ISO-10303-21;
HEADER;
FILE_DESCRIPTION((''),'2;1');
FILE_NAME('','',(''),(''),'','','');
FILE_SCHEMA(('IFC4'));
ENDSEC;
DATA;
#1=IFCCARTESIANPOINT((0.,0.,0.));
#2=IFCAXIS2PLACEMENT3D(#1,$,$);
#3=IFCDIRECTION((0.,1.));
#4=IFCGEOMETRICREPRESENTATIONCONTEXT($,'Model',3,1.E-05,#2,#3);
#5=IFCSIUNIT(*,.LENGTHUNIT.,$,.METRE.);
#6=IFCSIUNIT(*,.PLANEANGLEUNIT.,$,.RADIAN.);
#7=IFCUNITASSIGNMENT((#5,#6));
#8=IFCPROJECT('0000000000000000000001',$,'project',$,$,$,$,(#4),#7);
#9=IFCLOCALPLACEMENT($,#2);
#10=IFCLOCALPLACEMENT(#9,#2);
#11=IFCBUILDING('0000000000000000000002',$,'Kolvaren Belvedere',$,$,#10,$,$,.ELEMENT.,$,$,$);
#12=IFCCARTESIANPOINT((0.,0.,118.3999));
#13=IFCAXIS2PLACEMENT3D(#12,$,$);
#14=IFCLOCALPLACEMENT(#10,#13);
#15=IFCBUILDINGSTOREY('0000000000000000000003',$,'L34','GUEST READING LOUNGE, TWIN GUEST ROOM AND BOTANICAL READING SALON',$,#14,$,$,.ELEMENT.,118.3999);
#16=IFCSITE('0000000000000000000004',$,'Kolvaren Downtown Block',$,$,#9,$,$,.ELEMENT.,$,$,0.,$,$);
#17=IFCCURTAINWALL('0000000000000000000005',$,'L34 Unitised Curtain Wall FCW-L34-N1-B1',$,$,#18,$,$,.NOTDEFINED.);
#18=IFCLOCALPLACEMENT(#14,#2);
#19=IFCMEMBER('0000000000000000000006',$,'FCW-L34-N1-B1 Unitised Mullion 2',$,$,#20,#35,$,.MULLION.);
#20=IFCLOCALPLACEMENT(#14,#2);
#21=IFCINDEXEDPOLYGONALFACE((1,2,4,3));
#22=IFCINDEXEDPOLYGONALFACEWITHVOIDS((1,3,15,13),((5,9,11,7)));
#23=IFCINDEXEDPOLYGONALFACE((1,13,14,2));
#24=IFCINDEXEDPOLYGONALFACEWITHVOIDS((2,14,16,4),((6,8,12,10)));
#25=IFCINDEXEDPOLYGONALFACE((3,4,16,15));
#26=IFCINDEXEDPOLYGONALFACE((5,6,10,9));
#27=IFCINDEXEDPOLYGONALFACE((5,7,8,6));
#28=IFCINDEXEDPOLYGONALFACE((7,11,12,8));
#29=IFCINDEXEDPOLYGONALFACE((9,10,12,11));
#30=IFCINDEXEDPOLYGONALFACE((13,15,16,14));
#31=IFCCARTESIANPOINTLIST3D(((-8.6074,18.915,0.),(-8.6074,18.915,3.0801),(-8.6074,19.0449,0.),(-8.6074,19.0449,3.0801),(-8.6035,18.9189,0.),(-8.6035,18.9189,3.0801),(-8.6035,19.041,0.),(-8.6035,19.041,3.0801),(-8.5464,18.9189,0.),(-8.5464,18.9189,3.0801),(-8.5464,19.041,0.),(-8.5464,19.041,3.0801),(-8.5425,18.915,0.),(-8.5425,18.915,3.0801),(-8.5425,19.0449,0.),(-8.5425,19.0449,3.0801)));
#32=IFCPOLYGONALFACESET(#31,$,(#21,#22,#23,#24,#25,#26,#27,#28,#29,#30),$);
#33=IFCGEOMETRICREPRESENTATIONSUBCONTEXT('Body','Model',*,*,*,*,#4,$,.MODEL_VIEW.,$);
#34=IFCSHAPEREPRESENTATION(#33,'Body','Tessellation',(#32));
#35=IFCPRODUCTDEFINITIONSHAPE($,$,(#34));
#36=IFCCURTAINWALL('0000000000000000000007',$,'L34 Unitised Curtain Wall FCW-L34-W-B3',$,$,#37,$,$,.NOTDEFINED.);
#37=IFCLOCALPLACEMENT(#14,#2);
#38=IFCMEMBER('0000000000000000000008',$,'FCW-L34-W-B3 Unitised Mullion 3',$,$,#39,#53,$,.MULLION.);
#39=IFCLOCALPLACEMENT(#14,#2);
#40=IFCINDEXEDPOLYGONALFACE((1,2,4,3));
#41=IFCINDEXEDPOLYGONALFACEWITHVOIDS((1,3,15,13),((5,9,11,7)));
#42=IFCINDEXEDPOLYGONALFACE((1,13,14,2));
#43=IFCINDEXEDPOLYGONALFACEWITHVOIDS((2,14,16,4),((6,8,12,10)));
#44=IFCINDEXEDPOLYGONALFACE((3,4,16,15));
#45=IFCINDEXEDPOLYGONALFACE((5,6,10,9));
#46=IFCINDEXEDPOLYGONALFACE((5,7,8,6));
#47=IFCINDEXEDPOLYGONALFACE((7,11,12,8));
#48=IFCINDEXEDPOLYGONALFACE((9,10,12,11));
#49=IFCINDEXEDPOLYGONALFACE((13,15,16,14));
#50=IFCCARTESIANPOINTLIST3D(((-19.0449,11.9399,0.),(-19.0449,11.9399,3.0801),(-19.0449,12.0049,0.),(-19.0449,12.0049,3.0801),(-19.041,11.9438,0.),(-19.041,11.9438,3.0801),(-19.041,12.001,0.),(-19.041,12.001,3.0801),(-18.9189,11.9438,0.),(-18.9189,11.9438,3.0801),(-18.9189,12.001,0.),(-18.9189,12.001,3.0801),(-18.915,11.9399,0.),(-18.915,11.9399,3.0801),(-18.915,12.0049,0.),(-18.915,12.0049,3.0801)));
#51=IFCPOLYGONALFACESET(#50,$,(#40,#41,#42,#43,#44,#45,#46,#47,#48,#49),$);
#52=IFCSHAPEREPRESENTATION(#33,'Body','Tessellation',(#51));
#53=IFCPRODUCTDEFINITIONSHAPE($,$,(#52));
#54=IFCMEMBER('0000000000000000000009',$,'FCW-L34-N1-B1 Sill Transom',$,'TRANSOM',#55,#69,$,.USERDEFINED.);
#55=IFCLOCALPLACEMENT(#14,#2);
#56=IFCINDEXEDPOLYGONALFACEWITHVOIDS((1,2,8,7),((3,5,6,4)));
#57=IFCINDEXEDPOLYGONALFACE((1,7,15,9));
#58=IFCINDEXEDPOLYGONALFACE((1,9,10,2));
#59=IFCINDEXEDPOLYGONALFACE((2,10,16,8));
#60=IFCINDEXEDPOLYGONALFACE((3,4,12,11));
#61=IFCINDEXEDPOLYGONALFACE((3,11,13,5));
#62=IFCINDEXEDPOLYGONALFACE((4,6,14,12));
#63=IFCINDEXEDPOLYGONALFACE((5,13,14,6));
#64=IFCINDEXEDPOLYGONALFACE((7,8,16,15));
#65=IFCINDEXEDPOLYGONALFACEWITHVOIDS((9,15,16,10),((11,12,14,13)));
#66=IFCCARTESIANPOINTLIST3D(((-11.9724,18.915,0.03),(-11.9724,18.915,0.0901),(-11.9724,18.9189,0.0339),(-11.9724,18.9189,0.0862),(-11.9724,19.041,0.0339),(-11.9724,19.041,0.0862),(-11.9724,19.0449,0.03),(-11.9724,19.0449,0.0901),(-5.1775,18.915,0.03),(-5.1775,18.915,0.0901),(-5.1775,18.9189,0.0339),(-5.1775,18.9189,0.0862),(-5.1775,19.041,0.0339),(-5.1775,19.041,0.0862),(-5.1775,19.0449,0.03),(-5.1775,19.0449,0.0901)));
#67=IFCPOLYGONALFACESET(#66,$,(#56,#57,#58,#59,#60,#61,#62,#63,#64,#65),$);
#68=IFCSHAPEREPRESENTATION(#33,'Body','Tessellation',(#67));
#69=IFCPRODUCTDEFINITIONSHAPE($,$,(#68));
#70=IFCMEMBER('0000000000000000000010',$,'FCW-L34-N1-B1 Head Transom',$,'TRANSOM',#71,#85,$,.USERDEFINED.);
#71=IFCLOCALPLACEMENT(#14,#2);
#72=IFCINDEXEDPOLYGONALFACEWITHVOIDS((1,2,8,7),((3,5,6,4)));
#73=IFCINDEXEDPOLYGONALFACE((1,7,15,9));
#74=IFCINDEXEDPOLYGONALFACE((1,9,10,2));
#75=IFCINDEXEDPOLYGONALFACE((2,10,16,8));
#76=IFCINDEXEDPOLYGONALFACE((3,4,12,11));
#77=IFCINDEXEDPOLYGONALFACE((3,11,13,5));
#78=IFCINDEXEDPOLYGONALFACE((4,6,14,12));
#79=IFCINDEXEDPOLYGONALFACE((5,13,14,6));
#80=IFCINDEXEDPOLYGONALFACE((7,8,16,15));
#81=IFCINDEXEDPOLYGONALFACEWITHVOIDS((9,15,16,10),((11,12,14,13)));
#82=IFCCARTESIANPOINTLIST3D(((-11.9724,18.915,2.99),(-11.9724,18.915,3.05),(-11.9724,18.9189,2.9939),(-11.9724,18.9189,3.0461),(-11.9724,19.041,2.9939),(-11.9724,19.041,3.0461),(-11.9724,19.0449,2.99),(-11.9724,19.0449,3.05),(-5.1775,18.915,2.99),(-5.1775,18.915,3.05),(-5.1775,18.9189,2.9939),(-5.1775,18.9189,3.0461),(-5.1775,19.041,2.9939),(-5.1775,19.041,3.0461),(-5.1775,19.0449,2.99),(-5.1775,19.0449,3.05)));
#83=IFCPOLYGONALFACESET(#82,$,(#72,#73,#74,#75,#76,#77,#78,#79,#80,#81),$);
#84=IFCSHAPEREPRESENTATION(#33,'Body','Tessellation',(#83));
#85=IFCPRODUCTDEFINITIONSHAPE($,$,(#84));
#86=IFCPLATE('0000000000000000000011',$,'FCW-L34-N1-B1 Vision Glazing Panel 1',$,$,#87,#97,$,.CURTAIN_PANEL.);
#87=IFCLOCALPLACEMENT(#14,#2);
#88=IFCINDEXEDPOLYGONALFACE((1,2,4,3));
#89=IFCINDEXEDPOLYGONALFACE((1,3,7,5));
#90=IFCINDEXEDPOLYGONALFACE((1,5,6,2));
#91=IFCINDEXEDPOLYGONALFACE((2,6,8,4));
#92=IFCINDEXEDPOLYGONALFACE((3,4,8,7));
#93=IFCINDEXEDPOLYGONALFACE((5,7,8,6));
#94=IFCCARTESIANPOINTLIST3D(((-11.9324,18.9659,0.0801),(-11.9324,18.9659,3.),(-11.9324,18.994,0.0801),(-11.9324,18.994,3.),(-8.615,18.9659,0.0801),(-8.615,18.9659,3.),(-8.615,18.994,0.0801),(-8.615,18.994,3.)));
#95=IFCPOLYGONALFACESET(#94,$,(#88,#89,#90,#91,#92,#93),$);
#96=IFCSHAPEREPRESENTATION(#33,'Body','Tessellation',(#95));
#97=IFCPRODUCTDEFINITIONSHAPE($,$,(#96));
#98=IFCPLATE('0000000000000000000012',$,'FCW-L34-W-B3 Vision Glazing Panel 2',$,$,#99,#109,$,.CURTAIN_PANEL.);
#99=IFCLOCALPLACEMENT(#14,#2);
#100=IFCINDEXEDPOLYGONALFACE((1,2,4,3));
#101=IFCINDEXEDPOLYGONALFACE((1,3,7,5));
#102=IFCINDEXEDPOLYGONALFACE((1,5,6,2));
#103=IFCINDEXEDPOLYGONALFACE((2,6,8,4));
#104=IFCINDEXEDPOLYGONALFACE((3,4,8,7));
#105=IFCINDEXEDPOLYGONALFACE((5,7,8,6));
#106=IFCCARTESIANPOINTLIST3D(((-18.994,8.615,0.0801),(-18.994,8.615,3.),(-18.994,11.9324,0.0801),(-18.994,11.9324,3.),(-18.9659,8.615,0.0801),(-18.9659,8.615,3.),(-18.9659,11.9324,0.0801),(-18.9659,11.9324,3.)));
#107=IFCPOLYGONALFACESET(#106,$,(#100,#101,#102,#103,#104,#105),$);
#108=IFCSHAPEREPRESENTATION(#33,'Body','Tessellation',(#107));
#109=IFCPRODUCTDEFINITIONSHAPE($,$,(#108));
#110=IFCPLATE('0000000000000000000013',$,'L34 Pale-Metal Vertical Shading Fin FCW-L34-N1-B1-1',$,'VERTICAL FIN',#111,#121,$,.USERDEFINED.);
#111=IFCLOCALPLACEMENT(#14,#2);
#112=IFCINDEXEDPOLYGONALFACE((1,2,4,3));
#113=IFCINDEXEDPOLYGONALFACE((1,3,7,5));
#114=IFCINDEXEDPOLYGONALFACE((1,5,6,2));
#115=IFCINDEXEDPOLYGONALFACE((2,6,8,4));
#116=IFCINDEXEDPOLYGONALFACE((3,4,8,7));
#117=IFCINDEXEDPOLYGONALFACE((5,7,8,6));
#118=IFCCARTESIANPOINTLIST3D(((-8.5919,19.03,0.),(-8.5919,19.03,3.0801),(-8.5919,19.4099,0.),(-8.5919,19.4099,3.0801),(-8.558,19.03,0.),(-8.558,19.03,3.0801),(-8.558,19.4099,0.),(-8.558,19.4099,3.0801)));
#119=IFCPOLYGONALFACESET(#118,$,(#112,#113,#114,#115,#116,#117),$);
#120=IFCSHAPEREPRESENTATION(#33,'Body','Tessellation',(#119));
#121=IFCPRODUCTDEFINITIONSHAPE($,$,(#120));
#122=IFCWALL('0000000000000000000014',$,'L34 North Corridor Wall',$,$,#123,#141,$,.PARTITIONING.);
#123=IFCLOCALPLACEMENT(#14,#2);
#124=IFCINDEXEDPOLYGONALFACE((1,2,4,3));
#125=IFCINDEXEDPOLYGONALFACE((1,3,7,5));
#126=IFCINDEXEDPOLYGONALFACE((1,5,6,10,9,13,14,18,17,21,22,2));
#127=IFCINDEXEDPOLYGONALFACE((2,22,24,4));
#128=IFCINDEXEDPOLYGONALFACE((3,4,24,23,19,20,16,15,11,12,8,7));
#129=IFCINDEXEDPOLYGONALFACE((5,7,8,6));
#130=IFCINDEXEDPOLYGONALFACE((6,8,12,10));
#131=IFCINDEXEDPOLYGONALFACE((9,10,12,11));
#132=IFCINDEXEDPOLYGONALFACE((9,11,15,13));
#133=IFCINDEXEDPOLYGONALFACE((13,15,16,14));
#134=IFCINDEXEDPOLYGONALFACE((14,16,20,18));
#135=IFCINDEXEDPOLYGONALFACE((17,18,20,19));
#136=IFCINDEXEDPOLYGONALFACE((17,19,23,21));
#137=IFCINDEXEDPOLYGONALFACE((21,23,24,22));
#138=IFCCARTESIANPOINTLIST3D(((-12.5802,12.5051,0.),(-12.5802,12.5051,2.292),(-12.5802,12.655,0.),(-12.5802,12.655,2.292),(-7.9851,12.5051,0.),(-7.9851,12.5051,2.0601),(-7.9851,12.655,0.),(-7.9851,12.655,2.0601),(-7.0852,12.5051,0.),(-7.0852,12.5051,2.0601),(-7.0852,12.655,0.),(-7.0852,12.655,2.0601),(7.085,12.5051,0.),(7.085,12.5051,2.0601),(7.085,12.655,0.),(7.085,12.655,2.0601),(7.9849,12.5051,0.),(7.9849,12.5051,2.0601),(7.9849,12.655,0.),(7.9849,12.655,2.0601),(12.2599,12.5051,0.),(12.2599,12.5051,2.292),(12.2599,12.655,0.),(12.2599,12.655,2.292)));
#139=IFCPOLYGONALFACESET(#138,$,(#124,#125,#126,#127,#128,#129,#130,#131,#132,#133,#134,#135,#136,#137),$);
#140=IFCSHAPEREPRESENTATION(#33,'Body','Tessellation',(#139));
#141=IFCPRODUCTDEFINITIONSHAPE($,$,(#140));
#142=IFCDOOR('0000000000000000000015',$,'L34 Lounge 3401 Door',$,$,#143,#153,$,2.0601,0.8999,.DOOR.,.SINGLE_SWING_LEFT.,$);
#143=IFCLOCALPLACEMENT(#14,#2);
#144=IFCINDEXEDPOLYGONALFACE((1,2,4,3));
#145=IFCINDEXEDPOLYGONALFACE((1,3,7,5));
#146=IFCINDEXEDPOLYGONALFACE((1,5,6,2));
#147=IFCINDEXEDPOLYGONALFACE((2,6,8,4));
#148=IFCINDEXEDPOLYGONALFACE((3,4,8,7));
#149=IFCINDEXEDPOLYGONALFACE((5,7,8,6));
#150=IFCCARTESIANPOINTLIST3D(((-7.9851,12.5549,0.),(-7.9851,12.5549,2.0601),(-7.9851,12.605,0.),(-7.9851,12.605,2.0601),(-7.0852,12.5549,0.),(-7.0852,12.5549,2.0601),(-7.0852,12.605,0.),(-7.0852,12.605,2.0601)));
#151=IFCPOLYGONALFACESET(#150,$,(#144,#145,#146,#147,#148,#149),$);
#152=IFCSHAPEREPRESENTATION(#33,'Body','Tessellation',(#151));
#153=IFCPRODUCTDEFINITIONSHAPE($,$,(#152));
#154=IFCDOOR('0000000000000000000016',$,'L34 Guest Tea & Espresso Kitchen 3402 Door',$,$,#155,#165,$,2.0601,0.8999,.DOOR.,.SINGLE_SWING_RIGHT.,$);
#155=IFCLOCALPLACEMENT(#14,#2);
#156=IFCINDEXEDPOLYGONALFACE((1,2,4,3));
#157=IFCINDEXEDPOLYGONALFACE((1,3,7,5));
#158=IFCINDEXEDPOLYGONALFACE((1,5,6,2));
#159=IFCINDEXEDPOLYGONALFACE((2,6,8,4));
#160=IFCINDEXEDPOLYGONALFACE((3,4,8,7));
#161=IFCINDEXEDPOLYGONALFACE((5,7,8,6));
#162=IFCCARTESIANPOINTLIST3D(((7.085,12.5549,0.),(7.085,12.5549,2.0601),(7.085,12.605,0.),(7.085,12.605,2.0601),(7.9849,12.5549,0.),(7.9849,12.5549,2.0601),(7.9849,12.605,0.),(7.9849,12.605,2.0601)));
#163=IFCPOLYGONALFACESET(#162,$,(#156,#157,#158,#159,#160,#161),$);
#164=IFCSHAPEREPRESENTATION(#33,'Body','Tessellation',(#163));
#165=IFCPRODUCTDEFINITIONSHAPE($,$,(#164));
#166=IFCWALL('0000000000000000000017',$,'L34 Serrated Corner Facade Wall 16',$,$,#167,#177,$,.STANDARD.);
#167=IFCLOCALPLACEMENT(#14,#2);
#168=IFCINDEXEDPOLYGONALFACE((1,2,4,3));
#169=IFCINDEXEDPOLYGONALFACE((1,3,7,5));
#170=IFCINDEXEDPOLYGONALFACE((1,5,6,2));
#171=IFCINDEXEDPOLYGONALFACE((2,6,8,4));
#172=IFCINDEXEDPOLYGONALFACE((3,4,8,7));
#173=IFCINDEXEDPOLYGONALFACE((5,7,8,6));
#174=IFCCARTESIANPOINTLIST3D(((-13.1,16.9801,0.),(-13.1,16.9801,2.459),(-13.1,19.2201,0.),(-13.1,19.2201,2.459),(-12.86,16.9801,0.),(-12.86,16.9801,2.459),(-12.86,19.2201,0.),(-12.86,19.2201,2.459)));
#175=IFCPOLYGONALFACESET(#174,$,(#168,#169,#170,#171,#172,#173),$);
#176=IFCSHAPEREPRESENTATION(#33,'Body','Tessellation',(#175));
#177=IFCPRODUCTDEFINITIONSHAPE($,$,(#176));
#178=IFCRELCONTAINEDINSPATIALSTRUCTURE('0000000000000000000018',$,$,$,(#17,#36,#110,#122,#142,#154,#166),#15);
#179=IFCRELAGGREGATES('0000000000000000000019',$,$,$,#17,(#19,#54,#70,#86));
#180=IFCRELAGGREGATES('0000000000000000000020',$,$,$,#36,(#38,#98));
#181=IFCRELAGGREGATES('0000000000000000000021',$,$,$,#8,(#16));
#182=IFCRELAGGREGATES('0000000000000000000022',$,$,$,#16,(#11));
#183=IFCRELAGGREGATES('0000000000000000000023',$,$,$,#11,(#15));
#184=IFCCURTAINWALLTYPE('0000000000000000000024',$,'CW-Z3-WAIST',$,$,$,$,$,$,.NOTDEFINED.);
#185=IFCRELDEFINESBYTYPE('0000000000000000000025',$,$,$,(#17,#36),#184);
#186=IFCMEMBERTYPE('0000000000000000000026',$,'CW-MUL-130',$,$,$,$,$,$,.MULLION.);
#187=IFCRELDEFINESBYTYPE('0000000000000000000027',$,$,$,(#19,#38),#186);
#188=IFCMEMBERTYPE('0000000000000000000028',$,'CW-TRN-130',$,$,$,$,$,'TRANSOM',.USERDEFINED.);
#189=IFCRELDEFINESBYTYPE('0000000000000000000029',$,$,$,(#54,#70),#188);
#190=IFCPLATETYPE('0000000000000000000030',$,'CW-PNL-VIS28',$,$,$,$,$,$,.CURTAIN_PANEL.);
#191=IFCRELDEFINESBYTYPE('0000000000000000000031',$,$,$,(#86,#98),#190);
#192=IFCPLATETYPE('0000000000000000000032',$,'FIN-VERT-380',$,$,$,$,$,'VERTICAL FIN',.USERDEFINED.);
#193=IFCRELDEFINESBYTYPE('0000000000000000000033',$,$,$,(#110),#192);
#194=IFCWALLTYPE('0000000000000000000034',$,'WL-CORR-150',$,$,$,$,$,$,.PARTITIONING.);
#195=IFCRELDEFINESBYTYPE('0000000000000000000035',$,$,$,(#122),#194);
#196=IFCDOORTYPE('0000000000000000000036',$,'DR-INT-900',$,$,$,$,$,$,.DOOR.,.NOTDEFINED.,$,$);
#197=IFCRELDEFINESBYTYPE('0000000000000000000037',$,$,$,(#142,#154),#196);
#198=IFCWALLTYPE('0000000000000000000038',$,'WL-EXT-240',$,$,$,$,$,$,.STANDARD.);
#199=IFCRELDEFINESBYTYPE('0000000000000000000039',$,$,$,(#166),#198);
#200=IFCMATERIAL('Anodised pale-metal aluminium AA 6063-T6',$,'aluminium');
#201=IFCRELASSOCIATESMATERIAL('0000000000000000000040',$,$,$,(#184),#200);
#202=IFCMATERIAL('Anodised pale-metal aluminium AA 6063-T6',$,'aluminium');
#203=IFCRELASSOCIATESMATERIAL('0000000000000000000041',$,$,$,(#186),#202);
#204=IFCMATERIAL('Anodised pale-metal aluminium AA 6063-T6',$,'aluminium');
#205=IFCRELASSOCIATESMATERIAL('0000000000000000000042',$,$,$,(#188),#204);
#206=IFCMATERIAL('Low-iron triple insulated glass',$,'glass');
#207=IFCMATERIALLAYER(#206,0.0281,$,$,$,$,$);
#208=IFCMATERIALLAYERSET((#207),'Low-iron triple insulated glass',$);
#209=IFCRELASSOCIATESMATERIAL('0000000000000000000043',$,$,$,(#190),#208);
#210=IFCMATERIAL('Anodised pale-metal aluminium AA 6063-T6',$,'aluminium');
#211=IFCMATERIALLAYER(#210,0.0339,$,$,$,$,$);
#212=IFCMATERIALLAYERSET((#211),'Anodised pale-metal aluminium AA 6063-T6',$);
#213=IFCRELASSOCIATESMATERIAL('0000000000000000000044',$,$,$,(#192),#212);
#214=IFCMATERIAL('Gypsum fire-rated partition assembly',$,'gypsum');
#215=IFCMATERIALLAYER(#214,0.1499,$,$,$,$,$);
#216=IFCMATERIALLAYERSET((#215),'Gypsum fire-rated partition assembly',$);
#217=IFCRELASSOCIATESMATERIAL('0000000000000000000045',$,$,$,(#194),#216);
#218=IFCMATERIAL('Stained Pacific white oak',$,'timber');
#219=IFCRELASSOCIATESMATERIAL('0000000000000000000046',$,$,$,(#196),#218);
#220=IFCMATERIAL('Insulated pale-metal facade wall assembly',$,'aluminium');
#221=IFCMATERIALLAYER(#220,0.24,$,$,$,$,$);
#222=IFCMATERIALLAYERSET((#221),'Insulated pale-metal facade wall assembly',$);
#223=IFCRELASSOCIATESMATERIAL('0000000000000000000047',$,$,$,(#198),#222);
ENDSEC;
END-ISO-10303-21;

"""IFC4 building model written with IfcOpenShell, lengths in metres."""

from ifc_helpers import new_model, si_unit, direction, frame, frame_2d, origin, origin_2d, place, context, subcontext, project, spatial, rectangle, hollow_rectangle, extrude, material, layer, layer_set, material_profile, profile_set, type_object, element, fill, aggregate, save


model = new_model("IFC4")

# Units and contexts
model_context = context("Model", 3, precision=1e-05, world=origin(), true_north=direction((0.0, 1.0)))
body_context = subcontext(model_context, "Body", "Model", "MODEL_VIEW")
ifc_project = project(units=[si_unit("LENGTHUNIT", "METRE"), si_unit("PLANEANGLEUNIT", "RADIAN")], contexts=[model_context])

# Site, building, storey
site_placement = place(None, origin())
site = spatial("IfcSite", under=ifc_project, at=site_placement, Name="Kolvaren Downtown Block", CompositionType="ELEMENT", RefElevation=0.0)
building_placement = place(site_placement, origin())
building = spatial("IfcBuilding", under=site, at=building_placement, Name="Kolvaren Belvedere", CompositionType="ELEMENT")
storey_placement = place(building_placement, frame((0.0, 0.0, 118.3999)))
storey = spatial("IfcBuildingStorey", under=building, at=storey_placement, Name="L34", Description="GUEST READING LOUNGE, TWIN GUEST ROOM AND BOTANICAL READING SALON", CompositionType="ELEMENT", Elevation=118.3999)

# Curtain wall, member
ifc_material_1 = material(Name="Anodised pale-metal aluminium AA 6063-T6", Category="aluminium")
curtain_wall_type = type_object("IfcCurtainWallType", Name="CW-Z3-WAIST", PredefinedType="NOTDEFINED", material=ifc_material_1)
curtain_wall_1_placement = place(storey_placement, origin())
curtain_wall_1 = element("IfcCurtainWall", 1, at=curtain_wall_1_placement, inside=storey, type_object=curtain_wall_type, Name="L34 Unitised Curtain Wall FCW-L34-N1-B1", PredefinedType="NOTDEFINED")
ifc_material_2 = material(Name="Anodised pale-metal aluminium AA 6063-T6", Category="aluminium")
ifc_material_profile_1 = material_profile(ifc_material_2, hollow_rectangle(XDim=0.0649, YDim=0.1299, WallThickness=0.0039, at=origin_2d()), Name="ALU-MUL-130X65")
ifc_profile_set_1 = profile_set([ifc_material_profile_1], Name="Anodised pale-metal aluminium AA 6063-T6")
member_type_1 = type_object("IfcMemberType", Name="CW-MUL-130", PredefinedType="MULLION", material=ifc_profile_set_1)
member_1_placement = place(storey_placement, frame((-8.575, 18.98, 0.0), z_axis=(0.0, 0.0, 1.0), x_axis=(1.0, 0.0, 0.0)))
member_1 = element("IfcMember", 2, at=member_1_placement, type_object=member_type_1, Name="FCW-L34-N1-B1 Unitised Mullion 2", PredefinedType="MULLION", context=body_context, shape_type="SweptSolid", body=[
    extrude(hollow_rectangle(XDim=0.0649, YDim=0.1299, WallThickness=0.0039, at=origin_2d()), origin(), (0.0, 0.0, 1.0), 3.0801),
])

# Curtain wall, member
curtain_wall_2_placement = place(storey_placement, origin())
curtain_wall_2 = element("IfcCurtainWall", 3, at=curtain_wall_2_placement, inside=storey, type_object=curtain_wall_type, Name="L34 Unitised Curtain Wall FCW-L34-W-B3", PredefinedType="NOTDEFINED")
member_2_placement = place(storey_placement, frame((-18.98, 11.9724, 0.0), z_axis=(0.0, 0.0, 1.0), x_axis=(0.0, 1.0, 0.0)))
member_2 = element("IfcMember", 4, at=member_2_placement, type_object=member_type_1, Name="FCW-L34-W-B3 Unitised Mullion 3", PredefinedType="MULLION", context=body_context, shape_type="SweptSolid", body=[
    extrude(hollow_rectangle(XDim=0.0649, YDim=0.1299, WallThickness=0.0039, at=origin_2d()), origin(), (0.0, 0.0, 1.0), 3.0801),
])

# Members
ifc_material_3 = material(Name="Anodised pale-metal aluminium AA 6063-T6", Category="aluminium")
ifc_material_profile_2 = material_profile(ifc_material_3, hollow_rectangle(XDim=0.0601, YDim=0.1299, WallThickness=0.0039, at=origin_2d()), Name="ALU-TRN-130X60")
ifc_profile_set_2 = profile_set([ifc_material_profile_2], Name="Anodised pale-metal aluminium AA 6063-T6")
member_type_2 = type_object("IfcMemberType", Name="CW-TRN-130", ElementType="TRANSOM", PredefinedType="USERDEFINED", material=ifc_profile_set_2)
member_3_placement = place(storey_placement, frame((-11.9724, 18.98, 0.0601), z_axis=(1.0, 0.0, 0.0), x_axis=(0.0, 0.0, 1.0)))
member_3 = element("IfcMember", 5, at=member_3_placement, type_object=member_type_2, Name="FCW-L34-N1-B1 Sill Transom", ObjectType="TRANSOM", PredefinedType="USERDEFINED", context=body_context, shape_type="SweptSolid", body=[
    extrude(hollow_rectangle(XDim=0.0601, YDim=0.1299, WallThickness=0.0039, at=origin_2d()), origin(), (0.0, 0.0, 1.0), 6.7949),
])
member_4_placement = place(storey_placement, frame((-11.9724, 18.98, 3.02), z_axis=(1.0, 0.0, 0.0), x_axis=(0.0, 0.0, 1.0)))
member_4 = element("IfcMember", 6, at=member_4_placement, type_object=member_type_2, Name="FCW-L34-N1-B1 Head Transom", ObjectType="TRANSOM", PredefinedType="USERDEFINED", context=body_context, shape_type="SweptSolid", body=[
    extrude(hollow_rectangle(XDim=0.0601, YDim=0.1299, WallThickness=0.0039, at=origin_2d()), origin(), (0.0, 0.0, 1.0), 6.7949),
])

# Plates
ifc_material_4 = material(Name="Low-iron triple insulated glass", Category="glass")
ifc_layer_1 = layer(ifc_material_4, 0.0281)
ifc_layer_set_1 = layer_set([ifc_layer_1], Name="Low-iron triple insulated glass")
plate_type_1 = type_object("IfcPlateType", Name="CW-PNL-VIS28", PredefinedType="CURTAIN_PANEL", material=ifc_layer_set_1)
plate_1_placement = place(storey_placement, frame((-10.2737, 18.98, 0.0801), z_axis=(0.0, 0.0, 1.0), x_axis=(1.0, 0.0, 0.0)))
plate_1 = element("IfcPlate", 7, at=plate_1_placement, type_object=plate_type_1, Name="FCW-L34-N1-B1 Vision Glazing Panel 1", PredefinedType="CURTAIN_PANEL", context=body_context, shape_type="SweptSolid", body=[
    extrude(rectangle(XDim=3.3174, YDim=0.0281, at=origin_2d()), origin(), (0.0, 0.0, 1.0), 2.9199),
])
aggregate(curtain_wall_1, [member_1, member_3, member_4, plate_1])
plate_2_placement = place(storey_placement, frame((-18.98, 10.2737, 0.0801), z_axis=(0.0, 0.0, 1.0), x_axis=(0.0, 1.0, 0.0)))
plate_2 = element("IfcPlate", 8, at=plate_2_placement, type_object=plate_type_1, Name="FCW-L34-W-B3 Vision Glazing Panel 2", PredefinedType="CURTAIN_PANEL", context=body_context, shape_type="SweptSolid", body=[
    extrude(rectangle(XDim=3.3174, YDim=0.0281, at=origin_2d()), origin(), (0.0, 0.0, 1.0), 2.9199),
])
aggregate(curtain_wall_2, [member_2, plate_2])
ifc_material_5 = material(Name="Anodised pale-metal aluminium AA 6063-T6", Category="aluminium")
ifc_layer_2 = layer(ifc_material_5, 0.0339)
ifc_layer_set_2 = layer_set([ifc_layer_2], Name="Anodised pale-metal aluminium AA 6063-T6")
plate_type_2 = type_object("IfcPlateType", Name="FIN-VERT-380", ElementType="VERTICAL FIN", PredefinedType="USERDEFINED", material=ifc_layer_set_2)
plate_3_placement = place(storey_placement, frame((-8.575, 19.22, 0.0), z_axis=(0.0, 0.0, 1.0), x_axis=(0.0, 1.0, 0.0)))
element("IfcPlate", 9, at=plate_3_placement, inside=storey, type_object=plate_type_2, Name="L34 Pale-Metal Vertical Shading Fin FCW-L34-N1-B1-1", ObjectType="VERTICAL FIN", PredefinedType="USERDEFINED", context=body_context, shape_type="SweptSolid", body=[
    extrude(rectangle(XDim=0.3799, YDim=0.0339, at=origin_2d()), origin(), (0.0, 0.0, 1.0), 3.0801),
])

# Wall, openings, doors
ifc_material_6 = material(Name="Gypsum fire-rated partition assembly", Category="gypsum")
ifc_layer_3 = layer(ifc_material_6, 0.1499)
ifc_layer_set_3 = layer_set([ifc_layer_3], Name="Gypsum fire-rated partition assembly")
wall_type_1 = type_object("IfcWallType", Name="WL-CORR-150", PredefinedType="PARTITIONING", material=ifc_layer_set_3)
wall_1_placement = place(storey_placement, frame((-12.5801, 12.5801, 0.0), z_axis=(0.0, 0.0, 1.0), x_axis=(1.0, 0.0, 0.0)))
wall_1 = element("IfcWall", 10, at=wall_1_placement, inside=storey, type_object=wall_type_1, Name="L34 North Corridor Wall", PredefinedType="PARTITIONING", context=body_context, shape_type="SweptSolid", body=[
    extrude(rectangle(XDim=24.8401, YDim=0.1499, at=frame_2d((12.4199, 0.0))), origin(), (0.0, 0.0, 1.0), 2.292),
])
opening_1_placement = place(wall_1_placement, frame((4.595, 0.0, 0.0)))
opening_1 = element("IfcOpeningElement", 11, at=opening_1_placement, cuts=wall_1, PredefinedType="OPENING", context=body_context, shape_type="SweptSolid", body=[
    extrude(rectangle(XDim=0.8999, YDim=2.0601, at=frame_2d((0.45, 1.03))), frame((0.0, 0.085, 0.0), z_axis=(0.0, -1.0, 0.0), x_axis=(1.0, 0.0, 0.0)), (0.0, 0.0, 1.0), 0.1699),
])
opening_2_placement = place(wall_1_placement, frame((19.665, 0.0, 0.0)))
opening_2 = element("IfcOpeningElement", 12, at=opening_2_placement, cuts=wall_1, PredefinedType="OPENING", context=body_context, shape_type="SweptSolid", body=[
    extrude(rectangle(XDim=0.8999, YDim=2.0601, at=frame_2d((0.45, 1.03))), frame((0.0, 0.085, 0.0), z_axis=(0.0, -1.0, 0.0), x_axis=(1.0, 0.0, 0.0)), (0.0, 0.0, 1.0), 0.1699),
])
ifc_material_7 = material(Name="Stained Pacific white oak", Category="timber")
door_type = type_object("IfcDoorType", Name="DR-INT-900", OperationType="NOTDEFINED", PredefinedType="DOOR", material=ifc_material_7)
door_1_placement = place(opening_1_placement, origin())
door_1 = element("IfcDoor", 13, at=door_1_placement, inside=storey, type_object=door_type, Name="L34 Lounge 3401 Door", OperationType="SINGLE_SWING_LEFT", OverallHeight=2.0601, OverallWidth=0.8999, PredefinedType="DOOR", context=body_context, shape_type="SweptSolid", body=[
    extrude(rectangle(XDim=0.8999, YDim=2.0601, at=frame_2d((0.45, 1.03))), frame((0.0, 0.0249, 0.0), z_axis=(0.0, -1.0, 0.0), x_axis=(1.0, 0.0, 0.0)), (0.0, 0.0, 1.0), 0.05),
])
fill(opening_1, door_1)
door_2_placement = place(opening_2_placement, origin())
door_2 = element("IfcDoor", 14, at=door_2_placement, inside=storey, type_object=door_type, Name="L34 Guest Tea & Espresso Kitchen 3402 Door", OperationType="SINGLE_SWING_RIGHT", OverallHeight=2.0601, OverallWidth=0.8999, PredefinedType="DOOR", context=body_context, shape_type="SweptSolid", body=[
    extrude(rectangle(XDim=0.8999, YDim=2.0601, at=frame_2d((0.45, 1.03))), frame((0.0, 0.0249, 0.0), z_axis=(0.0, -1.0, 0.0), x_axis=(1.0, 0.0, 0.0)), (0.0, 0.0, 1.0), 0.05),
])
fill(opening_2, door_2)

# Wall
ifc_material_8 = material(Name="Insulated pale-metal facade wall assembly", Category="aluminium")
ifc_layer_4 = layer(ifc_material_8, 0.24)
ifc_layer_set_4 = layer_set([ifc_layer_4], Name="Insulated pale-metal facade wall assembly")
wall_type_2 = type_object("IfcWallType", Name="WL-EXT-240", PredefinedType="STANDARD", material=ifc_layer_set_4)
wall_2_placement = place(storey_placement, frame((-12.98, 16.98, 0.0), z_axis=(0.0, 0.0, 1.0), x_axis=(0.0, 1.0, 0.0)))
element("IfcWall", 15, at=wall_2_placement, inside=storey, type_object=wall_type_2, Name="L34 Serrated Corner Facade Wall 16", PredefinedType="STANDARD", context=body_context, shape_type="SweptSolid", body=[
    extrude(rectangle(XDim=2.24, YDim=0.24, at=frame_2d((1.1201, 0.0))), origin(), (0.0, 0.0, 1.0), 2.459),
])

save(model, "model.ifc")
